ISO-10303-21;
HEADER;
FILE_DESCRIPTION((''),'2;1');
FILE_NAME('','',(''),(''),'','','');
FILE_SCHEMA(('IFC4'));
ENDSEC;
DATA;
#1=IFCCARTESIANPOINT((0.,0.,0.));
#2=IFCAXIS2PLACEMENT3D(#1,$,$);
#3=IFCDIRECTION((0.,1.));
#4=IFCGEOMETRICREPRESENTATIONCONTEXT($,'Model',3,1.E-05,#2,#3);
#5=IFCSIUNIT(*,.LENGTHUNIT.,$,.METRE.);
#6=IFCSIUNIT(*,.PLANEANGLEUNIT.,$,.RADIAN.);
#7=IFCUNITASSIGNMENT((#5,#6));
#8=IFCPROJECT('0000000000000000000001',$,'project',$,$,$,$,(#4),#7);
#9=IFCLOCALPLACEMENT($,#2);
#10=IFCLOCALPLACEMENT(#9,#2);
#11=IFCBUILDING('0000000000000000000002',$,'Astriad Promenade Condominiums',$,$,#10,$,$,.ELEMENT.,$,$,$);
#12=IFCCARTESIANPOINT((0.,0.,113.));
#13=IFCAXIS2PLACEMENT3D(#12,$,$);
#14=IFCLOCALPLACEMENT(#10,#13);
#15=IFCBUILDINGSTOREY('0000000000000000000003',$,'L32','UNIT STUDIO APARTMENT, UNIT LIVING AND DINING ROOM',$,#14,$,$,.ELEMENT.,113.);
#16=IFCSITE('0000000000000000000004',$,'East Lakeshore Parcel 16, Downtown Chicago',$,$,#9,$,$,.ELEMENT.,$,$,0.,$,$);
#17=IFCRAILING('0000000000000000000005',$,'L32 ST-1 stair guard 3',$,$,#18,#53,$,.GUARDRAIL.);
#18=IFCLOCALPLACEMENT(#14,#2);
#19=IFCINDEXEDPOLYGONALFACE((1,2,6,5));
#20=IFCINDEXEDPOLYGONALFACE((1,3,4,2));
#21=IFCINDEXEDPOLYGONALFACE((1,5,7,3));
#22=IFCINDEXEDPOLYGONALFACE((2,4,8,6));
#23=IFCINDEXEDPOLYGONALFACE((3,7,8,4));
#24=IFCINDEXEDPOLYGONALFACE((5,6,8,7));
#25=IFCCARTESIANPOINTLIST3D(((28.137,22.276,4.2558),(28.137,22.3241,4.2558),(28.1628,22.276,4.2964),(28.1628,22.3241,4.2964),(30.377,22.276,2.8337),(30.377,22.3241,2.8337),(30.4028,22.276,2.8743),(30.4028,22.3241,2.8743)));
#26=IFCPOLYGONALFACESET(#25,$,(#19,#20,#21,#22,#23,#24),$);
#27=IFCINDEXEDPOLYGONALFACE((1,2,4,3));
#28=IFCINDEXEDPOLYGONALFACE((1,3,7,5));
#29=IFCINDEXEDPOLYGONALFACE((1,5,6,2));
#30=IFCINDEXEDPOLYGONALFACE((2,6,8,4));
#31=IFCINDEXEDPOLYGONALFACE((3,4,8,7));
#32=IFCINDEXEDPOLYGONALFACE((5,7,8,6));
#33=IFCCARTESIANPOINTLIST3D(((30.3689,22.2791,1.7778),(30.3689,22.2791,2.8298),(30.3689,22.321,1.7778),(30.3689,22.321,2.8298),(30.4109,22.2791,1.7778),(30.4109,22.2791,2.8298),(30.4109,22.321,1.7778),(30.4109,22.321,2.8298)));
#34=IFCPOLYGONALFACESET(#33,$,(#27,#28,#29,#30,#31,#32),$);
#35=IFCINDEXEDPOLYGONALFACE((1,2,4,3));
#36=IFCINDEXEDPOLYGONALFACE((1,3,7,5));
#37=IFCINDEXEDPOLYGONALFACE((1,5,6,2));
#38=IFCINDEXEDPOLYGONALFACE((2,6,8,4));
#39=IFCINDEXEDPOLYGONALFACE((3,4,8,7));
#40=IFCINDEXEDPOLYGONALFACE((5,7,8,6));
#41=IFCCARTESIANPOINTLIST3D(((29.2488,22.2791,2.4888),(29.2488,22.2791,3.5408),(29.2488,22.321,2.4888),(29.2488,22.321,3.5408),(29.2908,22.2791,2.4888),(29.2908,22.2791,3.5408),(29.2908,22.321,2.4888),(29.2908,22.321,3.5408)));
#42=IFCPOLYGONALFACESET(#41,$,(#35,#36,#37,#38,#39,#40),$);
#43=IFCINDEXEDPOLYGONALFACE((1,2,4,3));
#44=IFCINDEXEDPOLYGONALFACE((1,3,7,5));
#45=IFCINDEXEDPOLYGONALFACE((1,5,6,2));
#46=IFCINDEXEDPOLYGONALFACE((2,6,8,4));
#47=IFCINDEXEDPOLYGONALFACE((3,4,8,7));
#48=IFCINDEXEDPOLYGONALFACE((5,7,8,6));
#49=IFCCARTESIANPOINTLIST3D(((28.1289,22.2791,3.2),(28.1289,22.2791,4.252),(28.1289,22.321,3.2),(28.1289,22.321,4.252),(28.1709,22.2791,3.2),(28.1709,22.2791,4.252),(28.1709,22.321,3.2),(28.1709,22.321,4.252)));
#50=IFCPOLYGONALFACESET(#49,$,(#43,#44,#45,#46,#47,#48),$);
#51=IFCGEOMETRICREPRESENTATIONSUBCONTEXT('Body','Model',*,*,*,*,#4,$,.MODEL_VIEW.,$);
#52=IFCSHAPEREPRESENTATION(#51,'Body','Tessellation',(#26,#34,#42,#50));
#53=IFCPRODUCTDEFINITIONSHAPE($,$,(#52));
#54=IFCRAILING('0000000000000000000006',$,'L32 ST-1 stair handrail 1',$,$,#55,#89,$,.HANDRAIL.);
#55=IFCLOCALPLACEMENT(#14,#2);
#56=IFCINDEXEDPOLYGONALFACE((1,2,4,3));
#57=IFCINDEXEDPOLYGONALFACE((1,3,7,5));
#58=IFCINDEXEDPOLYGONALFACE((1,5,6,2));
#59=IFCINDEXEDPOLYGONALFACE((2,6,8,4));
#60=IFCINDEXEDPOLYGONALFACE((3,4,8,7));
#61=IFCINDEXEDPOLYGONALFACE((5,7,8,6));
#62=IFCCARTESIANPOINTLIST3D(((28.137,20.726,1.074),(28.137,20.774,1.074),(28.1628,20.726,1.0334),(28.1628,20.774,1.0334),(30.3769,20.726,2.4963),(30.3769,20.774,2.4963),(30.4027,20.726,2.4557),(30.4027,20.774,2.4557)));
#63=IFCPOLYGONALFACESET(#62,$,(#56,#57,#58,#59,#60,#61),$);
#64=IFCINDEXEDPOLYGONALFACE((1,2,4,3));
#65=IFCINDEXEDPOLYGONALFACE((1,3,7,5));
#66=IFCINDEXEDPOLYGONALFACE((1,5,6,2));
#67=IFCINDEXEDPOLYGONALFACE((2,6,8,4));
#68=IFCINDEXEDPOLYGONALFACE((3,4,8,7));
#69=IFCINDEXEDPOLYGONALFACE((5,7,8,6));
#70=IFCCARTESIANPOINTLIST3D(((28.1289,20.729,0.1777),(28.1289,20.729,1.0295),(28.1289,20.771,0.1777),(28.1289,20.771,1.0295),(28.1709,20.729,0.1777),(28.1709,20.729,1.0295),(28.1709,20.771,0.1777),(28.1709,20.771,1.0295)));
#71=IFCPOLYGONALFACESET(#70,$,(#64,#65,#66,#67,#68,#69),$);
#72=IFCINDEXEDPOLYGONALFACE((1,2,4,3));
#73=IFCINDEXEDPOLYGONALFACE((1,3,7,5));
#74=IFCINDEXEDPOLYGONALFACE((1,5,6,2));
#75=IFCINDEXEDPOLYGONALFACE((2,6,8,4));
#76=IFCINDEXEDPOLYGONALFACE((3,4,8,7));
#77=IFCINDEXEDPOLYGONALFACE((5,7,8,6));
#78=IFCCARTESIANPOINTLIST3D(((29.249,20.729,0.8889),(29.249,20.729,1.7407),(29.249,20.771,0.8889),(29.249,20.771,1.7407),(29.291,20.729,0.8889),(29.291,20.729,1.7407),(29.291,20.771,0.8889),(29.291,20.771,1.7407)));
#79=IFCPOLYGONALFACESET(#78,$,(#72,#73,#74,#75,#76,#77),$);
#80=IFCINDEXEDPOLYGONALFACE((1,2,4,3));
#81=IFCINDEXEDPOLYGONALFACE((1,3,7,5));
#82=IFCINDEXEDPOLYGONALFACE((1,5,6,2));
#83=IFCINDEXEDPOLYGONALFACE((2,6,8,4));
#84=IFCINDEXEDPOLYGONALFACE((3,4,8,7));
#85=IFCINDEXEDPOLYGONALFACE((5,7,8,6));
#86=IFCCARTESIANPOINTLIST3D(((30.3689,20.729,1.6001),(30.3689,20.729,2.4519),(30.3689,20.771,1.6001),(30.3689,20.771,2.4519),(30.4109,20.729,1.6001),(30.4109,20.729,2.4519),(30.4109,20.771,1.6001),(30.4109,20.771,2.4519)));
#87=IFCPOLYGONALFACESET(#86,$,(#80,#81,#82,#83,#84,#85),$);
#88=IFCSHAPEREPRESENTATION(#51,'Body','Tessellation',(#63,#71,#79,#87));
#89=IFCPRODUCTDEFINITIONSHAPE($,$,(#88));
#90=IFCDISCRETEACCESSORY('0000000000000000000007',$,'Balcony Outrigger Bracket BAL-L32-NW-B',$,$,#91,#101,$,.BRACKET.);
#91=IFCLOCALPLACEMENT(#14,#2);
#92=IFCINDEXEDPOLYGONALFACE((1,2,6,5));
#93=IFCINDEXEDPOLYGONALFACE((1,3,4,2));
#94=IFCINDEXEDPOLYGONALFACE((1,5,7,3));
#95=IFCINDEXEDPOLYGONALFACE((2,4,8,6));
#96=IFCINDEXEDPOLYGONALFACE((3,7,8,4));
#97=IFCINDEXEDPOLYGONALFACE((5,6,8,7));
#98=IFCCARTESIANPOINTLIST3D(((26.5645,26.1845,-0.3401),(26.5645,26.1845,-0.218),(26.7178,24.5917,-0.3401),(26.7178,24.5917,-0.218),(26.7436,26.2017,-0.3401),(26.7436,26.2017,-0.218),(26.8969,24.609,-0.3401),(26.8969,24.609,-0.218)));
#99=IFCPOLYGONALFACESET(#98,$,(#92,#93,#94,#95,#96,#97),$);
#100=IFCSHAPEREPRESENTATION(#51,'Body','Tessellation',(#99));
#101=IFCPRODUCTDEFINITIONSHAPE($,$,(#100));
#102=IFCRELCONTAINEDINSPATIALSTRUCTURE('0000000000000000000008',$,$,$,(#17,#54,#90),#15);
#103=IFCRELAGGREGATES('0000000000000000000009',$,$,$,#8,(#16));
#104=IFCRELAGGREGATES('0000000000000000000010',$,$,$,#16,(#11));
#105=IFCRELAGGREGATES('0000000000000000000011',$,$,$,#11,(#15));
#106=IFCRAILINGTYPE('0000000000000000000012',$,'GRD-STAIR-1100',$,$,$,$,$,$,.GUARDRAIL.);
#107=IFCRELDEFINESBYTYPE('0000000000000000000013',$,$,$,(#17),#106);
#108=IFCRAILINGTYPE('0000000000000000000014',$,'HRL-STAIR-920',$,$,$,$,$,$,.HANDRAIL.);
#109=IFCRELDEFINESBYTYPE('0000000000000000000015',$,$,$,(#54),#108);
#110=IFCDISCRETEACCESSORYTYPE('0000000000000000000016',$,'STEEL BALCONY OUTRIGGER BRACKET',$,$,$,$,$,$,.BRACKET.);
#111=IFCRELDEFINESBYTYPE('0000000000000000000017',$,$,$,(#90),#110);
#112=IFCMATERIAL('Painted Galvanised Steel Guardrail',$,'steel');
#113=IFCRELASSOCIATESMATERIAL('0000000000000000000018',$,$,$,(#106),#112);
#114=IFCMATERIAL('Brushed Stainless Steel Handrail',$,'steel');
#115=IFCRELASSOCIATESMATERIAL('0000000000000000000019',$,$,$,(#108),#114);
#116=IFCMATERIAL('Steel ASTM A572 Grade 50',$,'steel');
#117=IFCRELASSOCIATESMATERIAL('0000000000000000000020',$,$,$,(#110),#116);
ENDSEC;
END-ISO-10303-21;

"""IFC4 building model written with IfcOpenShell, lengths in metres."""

from ifc_helpers import new_model, si_unit, direction, frame, origin, origin_2d, place, context, subcontext, project, spatial, rectangle, extrude, source, transform, mapped, material, type_object, type_shapes, element, save


model = new_model("IFC4")

# Units and contexts
model_context = context("Model", 3, precision=1e-05, world=origin(), true_north=direction((0.0, 1.0)))
body_context = subcontext(model_context, "Body", "Model", "MODEL_VIEW")
ifc_project = project(units=[si_unit("LENGTHUNIT", "METRE"), si_unit("PLANEANGLEUNIT", "RADIAN")], contexts=[model_context])

# Site, building, storey
site_placement = place(None, origin())
site = spatial("IfcSite", under=ifc_project, at=site_placement, Name="East Lakeshore Parcel 16, Downtown Chicago", CompositionType="ELEMENT", RefElevation=0.0)
building_placement = place(site_placement, origin())
building = spatial("IfcBuilding", under=site, at=building_placement, Name="Astriad Promenade Condominiums", CompositionType="ELEMENT")
storey_placement = place(building_placement, frame((0.0, 0.0, 113.0)))
storey = spatial("IfcBuildingStorey", under=building, at=storey_placement, Name="L32", Description="UNIT STUDIO APARTMENT, UNIT LIVING AND DINING ROOM", CompositionType="ELEMENT", Elevation=113.0)

# Railings
ifc_material_1 = material(Name="Painted Galvanised Steel Guardrail", Category="steel")
railing_type_1 = type_object("IfcRailingType", Name="GRD-STAIR-1100", PredefinedType="GUARDRAIL", material=ifc_material_1)
shared_shape_1 = source(origin(), body_context, "Body", "SweptSolid", [
    extrude(rectangle(XDim=0.0481, YDim=0.0481, at=origin_2d()), frame((0.0, 0.0, 1.0762), z_axis=(-0.844229, 0.0, 0.535982), x_axis=(0.0, -1.0, 0.0)), (0.0, 0.0, 1.0), 2.6533),
    extrude(rectangle(XDim=0.042, YDim=0.042, at=origin_2d()), origin(), (0.0, 0.0, 1.0), 1.052),
    extrude(rectangle(XDim=0.042, YDim=0.042, at=origin_2d()), frame((-1.1201, 0.0, 0.7109)), (0.0, 0.0, 1.0), 1.052),
    extrude(rectangle(XDim=0.042, YDim=0.042, at=origin_2d()), frame((-2.24, 0.0, 1.4221)), (0.0, 0.0, 1.0), 1.052),
])
railing_1_placement = place(storey_placement, frame((30.3899, 22.3, 1.7778)))
element("IfcRailing", 1, at=railing_1_placement, inside=storey, type_object=railing_type_1, Name="L32 ST-1 stair guard 3", PredefinedType="GUARDRAIL", context=body_context, shape_type="MappedRepresentation", body=[
    mapped(shared_shape_1, transform((0.0, 0.0, 0.0), scale=1.0)),
])
ifc_material_2 = material(Name="Brushed Stainless Steel Handrail", Category="steel")
railing_type_2 = type_object("IfcRailingType", Name="HRL-STAIR-920", PredefinedType="HANDRAIL", material=ifc_material_2)
shared_shape_2 = source(origin(), body_context, "Body", "SweptSolid", [
    extrude(rectangle(XDim=0.0481, YDim=0.0481, at=origin_2d()), frame((0.0, 0.0, 0.876), z_axis=(0.844188, 0.0, 0.536048), x_axis=(0.0, 1.0, 0.0)), (0.0, 0.0, 1.0), 2.6533),
    extrude(rectangle(XDim=0.042, YDim=0.042, at=origin_2d()), origin(), (0.0, 0.0, 1.0), 0.8518),
    extrude(rectangle(XDim=0.042, YDim=0.042, at=origin_2d()), frame((1.1201, 0.0, 0.7112)), (0.0, 0.0, 1.0), 0.8518),
    extrude(rectangle(XDim=0.042, YDim=0.042, at=origin_2d()), frame((2.24, 0.0, 1.4224)), (0.0, 0.0, 1.0), 0.8518),
])
type_shapes(railing_type_2, [shared_shape_2])
railing_2_placement = place(storey_placement, frame((28.1499, 20.75, 0.1777)))
element("IfcRailing", 2, at=railing_2_placement, inside=storey, type_object=railing_type_2, Name="L32 ST-1 stair handrail 1", PredefinedType="HANDRAIL", context=body_context, shape_type="MappedRepresentation", body=[
    mapped(shared_shape_2, transform((0.0, 0.0, 0.0), scale=1.0)),
])

# Discrete accessory
ifc_material_3 = material(Name="Steel ASTM A572 Grade 50", Category="steel")
discrete_accessory_type = type_object("IfcDiscreteAccessoryType", Name="STEEL BALCONY OUTRIGGER BRACKET", PredefinedType="BRACKET", material=ifc_material_3)
shared_shape_3 = source(origin(), body_context, "Body", "SweptSolid", [
    extrude(rectangle(XDim=1.6001, YDim=0.1799, at=origin_2d()), origin(), (0.0, 0.0, 1.0), 0.1221),
])
type_shapes(discrete_accessory_type, [shared_shape_3])
discrete_accessory_placement = place(storey_placement, frame((26.7307, 25.3967, -0.3401), z_axis=(0.0, 0.0, 1.0), x_axis=(-0.095846, 0.995396, 0.0)))
element("IfcDiscreteAccessory", 3, at=discrete_accessory_placement, inside=storey, type_object=discrete_accessory_type, Name="Balcony Outrigger Bracket BAL-L32-NW-B", PredefinedType="BRACKET", context=body_context, shape_type="MappedRepresentation", body=[
    mapped(shared_shape_3, transform((0.0, 0.0, 0.0), scale=1.0)),
])

save(model, "model.ifc")
